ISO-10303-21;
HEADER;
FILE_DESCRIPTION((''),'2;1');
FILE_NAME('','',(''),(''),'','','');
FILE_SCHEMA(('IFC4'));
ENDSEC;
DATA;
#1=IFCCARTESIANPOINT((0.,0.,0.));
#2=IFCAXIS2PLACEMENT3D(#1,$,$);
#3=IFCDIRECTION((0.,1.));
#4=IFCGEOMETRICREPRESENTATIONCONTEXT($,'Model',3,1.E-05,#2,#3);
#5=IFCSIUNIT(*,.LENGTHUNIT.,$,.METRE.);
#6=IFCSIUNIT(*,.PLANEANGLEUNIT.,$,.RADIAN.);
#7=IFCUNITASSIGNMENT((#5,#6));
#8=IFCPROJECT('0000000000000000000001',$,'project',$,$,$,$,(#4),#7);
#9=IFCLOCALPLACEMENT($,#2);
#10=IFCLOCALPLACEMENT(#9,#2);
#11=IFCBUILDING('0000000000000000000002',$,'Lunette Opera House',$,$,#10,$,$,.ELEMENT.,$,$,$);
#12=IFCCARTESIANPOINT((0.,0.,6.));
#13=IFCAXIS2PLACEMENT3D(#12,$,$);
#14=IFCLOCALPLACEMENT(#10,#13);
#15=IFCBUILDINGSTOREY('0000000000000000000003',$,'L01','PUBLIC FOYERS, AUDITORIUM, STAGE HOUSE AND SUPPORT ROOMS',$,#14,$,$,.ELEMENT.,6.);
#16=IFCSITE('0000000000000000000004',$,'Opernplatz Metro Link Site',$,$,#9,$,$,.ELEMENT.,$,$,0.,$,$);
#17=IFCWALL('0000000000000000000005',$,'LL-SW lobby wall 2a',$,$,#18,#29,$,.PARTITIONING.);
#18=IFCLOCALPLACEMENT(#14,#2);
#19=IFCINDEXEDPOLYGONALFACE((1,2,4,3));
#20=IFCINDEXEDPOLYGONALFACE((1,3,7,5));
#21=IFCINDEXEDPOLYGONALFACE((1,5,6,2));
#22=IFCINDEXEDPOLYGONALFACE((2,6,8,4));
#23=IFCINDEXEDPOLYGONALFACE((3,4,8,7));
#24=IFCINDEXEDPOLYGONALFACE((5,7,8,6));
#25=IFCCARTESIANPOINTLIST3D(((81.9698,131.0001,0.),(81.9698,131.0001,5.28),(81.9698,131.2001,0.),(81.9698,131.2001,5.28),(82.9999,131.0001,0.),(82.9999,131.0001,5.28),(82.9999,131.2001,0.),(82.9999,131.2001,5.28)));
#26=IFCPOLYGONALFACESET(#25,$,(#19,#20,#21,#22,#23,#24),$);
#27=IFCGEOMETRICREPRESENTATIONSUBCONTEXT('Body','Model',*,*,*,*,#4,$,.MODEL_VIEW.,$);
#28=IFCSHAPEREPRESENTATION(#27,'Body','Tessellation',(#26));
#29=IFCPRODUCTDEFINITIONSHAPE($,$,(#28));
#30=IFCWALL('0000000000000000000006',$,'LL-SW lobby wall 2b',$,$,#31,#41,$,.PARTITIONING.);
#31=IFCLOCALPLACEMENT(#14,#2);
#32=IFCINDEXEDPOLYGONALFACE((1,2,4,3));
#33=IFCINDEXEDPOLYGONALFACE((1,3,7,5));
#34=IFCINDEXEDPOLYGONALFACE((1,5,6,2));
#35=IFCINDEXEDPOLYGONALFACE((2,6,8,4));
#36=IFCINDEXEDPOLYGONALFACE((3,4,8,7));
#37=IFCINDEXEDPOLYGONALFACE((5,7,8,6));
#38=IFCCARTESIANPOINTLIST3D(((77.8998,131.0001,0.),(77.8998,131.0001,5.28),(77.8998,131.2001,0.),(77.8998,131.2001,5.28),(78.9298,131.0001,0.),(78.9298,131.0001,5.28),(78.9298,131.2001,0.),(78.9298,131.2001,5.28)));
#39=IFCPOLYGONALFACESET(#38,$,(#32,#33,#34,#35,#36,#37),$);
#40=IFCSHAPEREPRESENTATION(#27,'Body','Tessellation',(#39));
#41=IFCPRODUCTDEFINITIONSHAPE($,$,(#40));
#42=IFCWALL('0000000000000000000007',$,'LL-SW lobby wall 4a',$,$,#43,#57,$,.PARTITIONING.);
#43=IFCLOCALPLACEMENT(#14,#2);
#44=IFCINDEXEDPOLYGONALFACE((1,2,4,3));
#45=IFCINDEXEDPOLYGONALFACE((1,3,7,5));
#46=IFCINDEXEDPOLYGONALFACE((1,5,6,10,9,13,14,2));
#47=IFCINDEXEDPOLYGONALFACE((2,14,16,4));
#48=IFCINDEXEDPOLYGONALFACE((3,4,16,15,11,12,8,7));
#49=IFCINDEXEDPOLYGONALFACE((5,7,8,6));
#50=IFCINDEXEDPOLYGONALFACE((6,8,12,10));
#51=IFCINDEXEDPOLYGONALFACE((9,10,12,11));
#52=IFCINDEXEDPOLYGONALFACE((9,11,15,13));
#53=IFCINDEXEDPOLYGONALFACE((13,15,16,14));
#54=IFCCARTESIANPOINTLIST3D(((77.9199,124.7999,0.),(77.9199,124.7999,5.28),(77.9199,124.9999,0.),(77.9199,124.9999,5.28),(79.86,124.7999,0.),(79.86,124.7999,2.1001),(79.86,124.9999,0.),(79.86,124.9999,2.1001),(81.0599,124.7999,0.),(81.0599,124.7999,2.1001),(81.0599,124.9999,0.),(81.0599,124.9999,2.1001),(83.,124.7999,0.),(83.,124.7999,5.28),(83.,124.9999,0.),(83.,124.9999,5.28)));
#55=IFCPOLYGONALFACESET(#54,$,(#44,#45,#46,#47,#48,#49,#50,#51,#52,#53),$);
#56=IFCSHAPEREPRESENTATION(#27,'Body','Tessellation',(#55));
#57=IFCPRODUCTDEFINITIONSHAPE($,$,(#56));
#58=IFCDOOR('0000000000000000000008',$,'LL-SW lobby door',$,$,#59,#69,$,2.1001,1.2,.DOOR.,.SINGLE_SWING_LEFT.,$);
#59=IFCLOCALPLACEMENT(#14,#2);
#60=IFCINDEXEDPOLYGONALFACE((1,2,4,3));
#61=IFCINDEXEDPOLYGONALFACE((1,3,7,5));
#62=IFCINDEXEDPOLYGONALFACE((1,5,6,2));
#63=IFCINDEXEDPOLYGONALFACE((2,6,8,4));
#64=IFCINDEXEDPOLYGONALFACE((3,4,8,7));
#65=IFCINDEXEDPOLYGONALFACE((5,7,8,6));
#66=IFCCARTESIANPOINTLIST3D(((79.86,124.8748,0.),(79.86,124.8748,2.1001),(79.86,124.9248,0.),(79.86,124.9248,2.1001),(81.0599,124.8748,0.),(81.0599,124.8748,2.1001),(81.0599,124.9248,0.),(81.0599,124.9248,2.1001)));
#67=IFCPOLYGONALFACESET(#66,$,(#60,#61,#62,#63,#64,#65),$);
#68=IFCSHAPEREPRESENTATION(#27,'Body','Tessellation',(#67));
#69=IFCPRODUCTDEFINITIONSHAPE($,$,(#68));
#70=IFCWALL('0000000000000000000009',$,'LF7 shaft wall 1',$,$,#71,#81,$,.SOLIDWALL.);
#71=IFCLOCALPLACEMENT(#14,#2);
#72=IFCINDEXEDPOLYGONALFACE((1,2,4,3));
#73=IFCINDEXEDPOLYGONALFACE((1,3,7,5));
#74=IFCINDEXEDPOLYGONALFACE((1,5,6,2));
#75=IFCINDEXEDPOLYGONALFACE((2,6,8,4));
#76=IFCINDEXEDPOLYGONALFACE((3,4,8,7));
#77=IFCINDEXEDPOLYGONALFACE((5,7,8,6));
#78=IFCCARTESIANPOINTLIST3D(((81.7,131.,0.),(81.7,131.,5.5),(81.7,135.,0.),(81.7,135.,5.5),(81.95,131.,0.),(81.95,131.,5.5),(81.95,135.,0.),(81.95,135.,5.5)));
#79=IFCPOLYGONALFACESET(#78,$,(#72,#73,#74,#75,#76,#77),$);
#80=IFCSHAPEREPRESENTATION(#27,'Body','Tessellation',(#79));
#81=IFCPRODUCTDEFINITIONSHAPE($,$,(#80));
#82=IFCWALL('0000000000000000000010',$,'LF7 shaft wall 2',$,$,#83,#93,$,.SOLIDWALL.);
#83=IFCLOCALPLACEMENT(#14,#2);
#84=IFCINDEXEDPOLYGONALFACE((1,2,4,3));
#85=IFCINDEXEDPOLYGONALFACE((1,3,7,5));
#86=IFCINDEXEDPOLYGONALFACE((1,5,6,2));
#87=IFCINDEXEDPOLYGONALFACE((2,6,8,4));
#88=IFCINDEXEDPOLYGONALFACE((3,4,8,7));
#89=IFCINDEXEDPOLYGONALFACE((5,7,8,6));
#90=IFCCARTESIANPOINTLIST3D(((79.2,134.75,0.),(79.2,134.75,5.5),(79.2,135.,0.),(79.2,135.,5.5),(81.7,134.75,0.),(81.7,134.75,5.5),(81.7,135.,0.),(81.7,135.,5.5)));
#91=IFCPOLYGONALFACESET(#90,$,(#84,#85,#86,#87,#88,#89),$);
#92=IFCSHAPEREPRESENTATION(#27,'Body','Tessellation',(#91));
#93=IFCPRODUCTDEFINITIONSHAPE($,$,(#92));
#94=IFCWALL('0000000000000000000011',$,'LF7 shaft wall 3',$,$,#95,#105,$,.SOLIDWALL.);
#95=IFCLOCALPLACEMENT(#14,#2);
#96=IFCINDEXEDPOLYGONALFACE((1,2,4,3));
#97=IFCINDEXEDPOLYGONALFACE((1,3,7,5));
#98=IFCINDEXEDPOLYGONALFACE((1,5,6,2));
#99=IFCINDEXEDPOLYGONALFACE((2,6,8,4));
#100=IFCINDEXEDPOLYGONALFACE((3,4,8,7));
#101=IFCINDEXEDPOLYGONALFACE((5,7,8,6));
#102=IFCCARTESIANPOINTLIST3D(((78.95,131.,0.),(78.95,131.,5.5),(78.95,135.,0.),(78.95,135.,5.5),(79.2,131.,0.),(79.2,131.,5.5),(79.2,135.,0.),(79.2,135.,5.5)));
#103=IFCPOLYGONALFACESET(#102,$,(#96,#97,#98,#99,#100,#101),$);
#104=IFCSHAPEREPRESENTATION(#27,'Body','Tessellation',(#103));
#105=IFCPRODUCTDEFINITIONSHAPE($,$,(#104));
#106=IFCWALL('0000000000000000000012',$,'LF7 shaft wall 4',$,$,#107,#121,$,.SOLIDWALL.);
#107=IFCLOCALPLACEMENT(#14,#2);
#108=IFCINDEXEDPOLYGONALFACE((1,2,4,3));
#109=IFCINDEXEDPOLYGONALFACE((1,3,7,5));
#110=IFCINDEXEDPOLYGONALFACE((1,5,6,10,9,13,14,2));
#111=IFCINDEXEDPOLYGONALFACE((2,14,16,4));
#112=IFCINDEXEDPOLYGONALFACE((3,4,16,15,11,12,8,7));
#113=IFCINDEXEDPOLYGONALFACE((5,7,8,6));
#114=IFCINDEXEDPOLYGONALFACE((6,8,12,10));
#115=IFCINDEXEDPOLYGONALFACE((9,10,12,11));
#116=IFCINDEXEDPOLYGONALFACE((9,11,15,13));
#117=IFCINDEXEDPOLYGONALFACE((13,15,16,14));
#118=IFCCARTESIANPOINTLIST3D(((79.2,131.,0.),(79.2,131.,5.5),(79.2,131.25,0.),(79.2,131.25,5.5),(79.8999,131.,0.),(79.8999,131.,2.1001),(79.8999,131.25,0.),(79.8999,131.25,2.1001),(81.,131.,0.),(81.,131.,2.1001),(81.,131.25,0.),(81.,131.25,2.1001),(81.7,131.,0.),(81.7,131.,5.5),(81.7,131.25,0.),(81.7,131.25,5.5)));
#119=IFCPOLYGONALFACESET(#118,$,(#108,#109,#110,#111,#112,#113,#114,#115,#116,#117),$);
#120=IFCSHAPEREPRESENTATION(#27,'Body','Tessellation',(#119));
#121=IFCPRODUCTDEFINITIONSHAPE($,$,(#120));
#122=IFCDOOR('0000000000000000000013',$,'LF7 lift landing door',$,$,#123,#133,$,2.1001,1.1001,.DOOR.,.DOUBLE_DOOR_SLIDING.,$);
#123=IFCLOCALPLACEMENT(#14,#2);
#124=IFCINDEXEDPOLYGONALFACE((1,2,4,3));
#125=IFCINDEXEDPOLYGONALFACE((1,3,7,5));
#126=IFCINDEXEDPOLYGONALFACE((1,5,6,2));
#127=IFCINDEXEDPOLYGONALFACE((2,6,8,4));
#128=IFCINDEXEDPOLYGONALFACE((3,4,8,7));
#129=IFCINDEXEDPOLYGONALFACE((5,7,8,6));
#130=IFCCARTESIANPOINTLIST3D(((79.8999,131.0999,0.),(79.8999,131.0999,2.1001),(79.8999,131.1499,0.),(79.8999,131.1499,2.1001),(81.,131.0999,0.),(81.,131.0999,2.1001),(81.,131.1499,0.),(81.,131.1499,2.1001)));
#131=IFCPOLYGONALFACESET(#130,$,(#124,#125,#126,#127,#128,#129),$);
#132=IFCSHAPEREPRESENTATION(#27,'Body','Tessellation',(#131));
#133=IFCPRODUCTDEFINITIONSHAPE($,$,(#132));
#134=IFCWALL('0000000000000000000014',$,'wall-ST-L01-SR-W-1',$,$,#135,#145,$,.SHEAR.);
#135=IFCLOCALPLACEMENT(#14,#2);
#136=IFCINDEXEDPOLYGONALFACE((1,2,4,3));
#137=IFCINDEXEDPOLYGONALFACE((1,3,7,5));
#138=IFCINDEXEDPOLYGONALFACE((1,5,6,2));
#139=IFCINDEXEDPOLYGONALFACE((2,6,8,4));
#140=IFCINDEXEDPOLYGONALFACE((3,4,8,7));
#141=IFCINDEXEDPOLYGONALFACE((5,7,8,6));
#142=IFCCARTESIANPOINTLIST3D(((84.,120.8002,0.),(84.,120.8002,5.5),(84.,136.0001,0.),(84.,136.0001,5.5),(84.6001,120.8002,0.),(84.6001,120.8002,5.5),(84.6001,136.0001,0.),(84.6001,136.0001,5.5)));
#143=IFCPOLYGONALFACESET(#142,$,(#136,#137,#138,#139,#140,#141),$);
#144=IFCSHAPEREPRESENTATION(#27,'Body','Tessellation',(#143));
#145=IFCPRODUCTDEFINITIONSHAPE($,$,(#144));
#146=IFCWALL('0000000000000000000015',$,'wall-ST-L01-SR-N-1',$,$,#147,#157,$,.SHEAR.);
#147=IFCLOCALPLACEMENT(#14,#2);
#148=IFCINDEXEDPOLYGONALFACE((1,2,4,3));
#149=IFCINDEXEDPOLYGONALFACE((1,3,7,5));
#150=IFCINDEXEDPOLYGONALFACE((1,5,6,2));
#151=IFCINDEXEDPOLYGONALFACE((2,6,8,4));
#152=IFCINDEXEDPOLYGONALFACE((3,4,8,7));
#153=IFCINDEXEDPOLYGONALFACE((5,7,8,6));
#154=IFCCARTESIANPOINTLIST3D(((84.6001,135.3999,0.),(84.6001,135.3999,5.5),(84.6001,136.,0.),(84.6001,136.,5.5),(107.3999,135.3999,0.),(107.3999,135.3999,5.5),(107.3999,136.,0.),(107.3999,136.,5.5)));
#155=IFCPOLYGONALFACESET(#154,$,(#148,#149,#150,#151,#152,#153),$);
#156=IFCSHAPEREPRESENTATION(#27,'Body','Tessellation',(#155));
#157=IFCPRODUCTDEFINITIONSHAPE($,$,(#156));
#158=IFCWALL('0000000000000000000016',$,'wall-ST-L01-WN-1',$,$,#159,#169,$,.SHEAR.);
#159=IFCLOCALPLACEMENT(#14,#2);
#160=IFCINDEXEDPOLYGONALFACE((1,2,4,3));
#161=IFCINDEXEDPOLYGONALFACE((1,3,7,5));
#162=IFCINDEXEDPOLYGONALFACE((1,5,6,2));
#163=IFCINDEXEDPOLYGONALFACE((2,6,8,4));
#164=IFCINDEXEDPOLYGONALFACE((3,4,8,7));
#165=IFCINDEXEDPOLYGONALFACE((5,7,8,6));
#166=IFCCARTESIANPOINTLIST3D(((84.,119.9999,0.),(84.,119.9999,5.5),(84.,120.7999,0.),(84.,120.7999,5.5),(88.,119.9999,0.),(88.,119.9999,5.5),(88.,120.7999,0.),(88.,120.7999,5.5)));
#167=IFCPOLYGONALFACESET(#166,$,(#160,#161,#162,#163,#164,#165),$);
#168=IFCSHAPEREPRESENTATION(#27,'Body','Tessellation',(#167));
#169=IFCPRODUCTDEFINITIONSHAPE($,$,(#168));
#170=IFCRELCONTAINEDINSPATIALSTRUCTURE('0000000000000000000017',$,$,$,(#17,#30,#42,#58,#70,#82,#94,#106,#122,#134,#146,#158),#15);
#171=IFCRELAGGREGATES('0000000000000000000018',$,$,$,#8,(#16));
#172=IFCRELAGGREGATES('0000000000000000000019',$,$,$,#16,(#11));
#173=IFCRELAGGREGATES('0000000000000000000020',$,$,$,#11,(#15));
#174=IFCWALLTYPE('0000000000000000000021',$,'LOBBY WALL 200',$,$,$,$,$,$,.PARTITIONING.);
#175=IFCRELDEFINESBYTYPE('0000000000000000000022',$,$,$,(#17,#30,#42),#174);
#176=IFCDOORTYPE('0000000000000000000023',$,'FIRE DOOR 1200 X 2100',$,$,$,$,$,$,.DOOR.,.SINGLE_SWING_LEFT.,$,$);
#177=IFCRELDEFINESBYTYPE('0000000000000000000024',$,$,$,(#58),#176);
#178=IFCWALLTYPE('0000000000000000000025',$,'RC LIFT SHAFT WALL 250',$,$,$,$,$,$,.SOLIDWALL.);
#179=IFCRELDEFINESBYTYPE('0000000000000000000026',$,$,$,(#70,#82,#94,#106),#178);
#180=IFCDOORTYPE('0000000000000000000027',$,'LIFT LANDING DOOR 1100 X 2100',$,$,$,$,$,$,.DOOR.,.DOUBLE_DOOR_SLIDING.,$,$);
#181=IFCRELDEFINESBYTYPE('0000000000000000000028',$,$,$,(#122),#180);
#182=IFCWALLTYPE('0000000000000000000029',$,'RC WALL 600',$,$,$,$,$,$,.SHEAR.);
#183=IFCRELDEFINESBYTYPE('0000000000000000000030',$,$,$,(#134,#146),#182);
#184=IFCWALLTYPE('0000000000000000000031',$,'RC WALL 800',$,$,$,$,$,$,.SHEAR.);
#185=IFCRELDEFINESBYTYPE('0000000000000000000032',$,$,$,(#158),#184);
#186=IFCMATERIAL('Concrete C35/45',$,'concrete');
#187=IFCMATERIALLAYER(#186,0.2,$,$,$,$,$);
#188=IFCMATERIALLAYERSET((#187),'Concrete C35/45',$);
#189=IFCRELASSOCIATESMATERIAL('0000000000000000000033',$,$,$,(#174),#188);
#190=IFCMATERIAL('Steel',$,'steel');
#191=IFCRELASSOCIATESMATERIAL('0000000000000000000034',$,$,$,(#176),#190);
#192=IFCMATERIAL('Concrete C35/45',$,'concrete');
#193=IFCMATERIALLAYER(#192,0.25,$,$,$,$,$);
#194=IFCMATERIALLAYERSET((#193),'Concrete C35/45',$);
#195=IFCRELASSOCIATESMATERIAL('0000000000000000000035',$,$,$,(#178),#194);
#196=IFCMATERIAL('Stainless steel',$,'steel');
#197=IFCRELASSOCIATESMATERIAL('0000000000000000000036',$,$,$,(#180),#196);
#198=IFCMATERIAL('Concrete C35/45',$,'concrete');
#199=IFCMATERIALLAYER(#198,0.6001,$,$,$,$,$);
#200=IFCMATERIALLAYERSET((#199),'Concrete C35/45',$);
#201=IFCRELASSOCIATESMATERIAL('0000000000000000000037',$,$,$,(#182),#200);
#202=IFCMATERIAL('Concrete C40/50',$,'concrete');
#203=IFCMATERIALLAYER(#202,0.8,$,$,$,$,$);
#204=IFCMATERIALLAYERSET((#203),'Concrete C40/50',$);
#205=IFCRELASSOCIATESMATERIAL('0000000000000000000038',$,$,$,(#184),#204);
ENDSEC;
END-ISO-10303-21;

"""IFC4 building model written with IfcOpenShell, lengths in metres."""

from ifc_helpers import new_model, si_unit, direction, frame, frame_2d, origin, place, context, subcontext, project, spatial, rectangle, extrude, material, layer, layer_set, type_object, element, fill, save


model = new_model("IFC4")

# Units and contexts
model_context = context("Model", 3, precision=1e-05, world=origin(), true_north=direction((0.0, 1.0)))
body_context = subcontext(model_context, "Body", "Model", "MODEL_VIEW")
ifc_project = project(units=[si_unit("LENGTHUNIT", "METRE"), si_unit("PLANEANGLEUNIT", "RADIAN")], contexts=[model_context])

# Site, building, storey
site_placement = place(None, origin())
site = spatial("IfcSite", under=ifc_project, at=site_placement, Name="Opernplatz Metro Link Site", CompositionType="ELEMENT", RefElevation=0.0)
building_placement = place(site_placement, origin())
building = spatial("IfcBuilding", under=site, at=building_placement, Name="Lunette Opera House", CompositionType="ELEMENT")
storey_placement = place(building_placement, frame((0.0, 0.0, 6.0)))
storey = spatial("IfcBuildingStorey", under=building, at=storey_placement, Name="L01", Description="PUBLIC FOYERS, AUDITORIUM, STAGE HOUSE AND SUPPORT ROOMS", CompositionType="ELEMENT", Elevation=6.0)

# Walls
ifc_material_1 = material(Name="Concrete C35/45", Category="concrete")
ifc_layer_1 = layer(ifc_material_1, 0.2)
ifc_layer_set_1 = layer_set([ifc_layer_1], Name="Concrete C35/45")
wall_type_1 = type_object("IfcWallType", Name="LOBBY WALL 200", PredefinedType="PARTITIONING", material=ifc_layer_set_1)
for number, where, z_axis, x_axis, name in (
    (1, (83.0, 131.1001, 0.0), (0.0, 0.0, 1.0), (-1.0, 0.0, 0.0), "LL-SW lobby wall 2a"),
    (2, (78.9299, 131.1001, 0.0), (0.0, 0.0, 1.0), (-1.0, 0.0, 0.0), "LL-SW lobby wall 2b"),
):
    element("IfcWall", number, at=place(storey_placement, frame(where, z_axis=z_axis, x_axis=x_axis)), inside=storey, type_object=wall_type_1, Name=name, PredefinedType="PARTITIONING", context=body_context, shape_type="SweptSolid", body=[
        extrude(rectangle(XDim=1.03, YDim=0.2, at=frame_2d((0.5151, 0.0))), origin(), (0.0, 0.0, 1.0), 5.28),
    ])

# Wall, opening, door
wall_1_placement = place(storey_placement, frame((77.9199, 124.8999, 0.0), z_axis=(0.0, 0.0, 1.0), x_axis=(1.0, 0.0, 0.0)))
wall_1 = element("IfcWall", 3, at=wall_1_placement, inside=storey, type_object=wall_type_1, Name="LL-SW lobby wall 4a", PredefinedType="PARTITIONING", context=body_context, shape_type="SweptSolid", body=[
    extrude(rectangle(XDim=5.0801, YDim=0.2, at=frame_2d((2.54, 0.0))), origin(), (0.0, 0.0, 1.0), 5.28),
])
opening_1_placement = place(wall_1_placement, frame((1.9399, 0.0, 0.0)))
opening_1 = element("IfcOpeningElement", 4, at=opening_1_placement, cuts=wall_1, PredefinedType="OPENING", context=body_context, shape_type="SweptSolid", body=[
    extrude(rectangle(XDim=1.2, YDim=2.1001, at=frame_2d((0.6001, 1.05))), frame((0.0, 0.1121, 0.0), z_axis=(0.0, -1.0, 0.0), x_axis=(1.0, 0.0, 0.0)), (0.0, 0.0, 1.0), 0.2239),
])
ifc_material_2 = material(Name="Steel", Category="steel")
door_type_1 = type_object("IfcDoorType", Name="FIRE DOOR 1200 X 2100", OperationType="SINGLE_SWING_LEFT", PredefinedType="DOOR", material=ifc_material_2)
door_1_placement = place(opening_1_placement, origin())
door_1 = element("IfcDoor", 5, at=door_1_placement, inside=storey, type_object=door_type_1, Name="LL-SW lobby door", OperationType="SINGLE_SWING_LEFT", OverallHeight=2.1001, OverallWidth=1.2, PredefinedType="DOOR", context=body_context, shape_type="SweptSolid", body=[
    extrude(rectangle(XDim=1.2, YDim=2.1001, at=frame_2d((0.6001, 1.05))), frame((0.0, 0.0249, 0.0), z_axis=(0.0, -1.0, 0.0), x_axis=(1.0, 0.0, 0.0)), (0.0, 0.0, 1.0), 0.05),
])
fill(opening_1, door_1)

# Walls
ifc_material_3 = material(Name="Concrete C35/45", Category="concrete")
ifc_layer_2 = layer(ifc_material_3, 0.25)
ifc_layer_set_2 = layer_set([ifc_layer_2], Name="Concrete C35/45")
wall_type_2 = type_object("IfcWallType", Name="RC LIFT SHAFT WALL 250", PredefinedType="SOLIDWALL", material=ifc_layer_set_2)
wall_2_placement = place(storey_placement, frame((81.825, 131.0, 0.0), z_axis=(0.0, 0.0, 1.0), x_axis=(0.0, 1.0, 0.0)))
element("IfcWall", 6, at=wall_2_placement, inside=storey, type_object=wall_type_2, Name="LF7 shaft wall 1", PredefinedType="SOLIDWALL", context=body_context, shape_type="SweptSolid", body=[
    extrude(rectangle(XDim=4.0, YDim=0.25, at=frame_2d((2.0, 0.0))), origin(), (0.0, 0.0, 1.0), 5.5),
])
wall_3_placement = place(storey_placement, frame((81.7, 134.875, 0.0), z_axis=(0.0, 0.0, 1.0), x_axis=(-1.0, 0.0, 0.0)))
element("IfcWall", 7, at=wall_3_placement, inside=storey, type_object=wall_type_2, Name="LF7 shaft wall 2", PredefinedType="SOLIDWALL", context=body_context, shape_type="SweptSolid", body=[
    extrude(rectangle(XDim=2.5, YDim=0.25, at=frame_2d((1.25, 0.0))), origin(), (0.0, 0.0, 1.0), 5.5),
])
wall_4_placement = place(storey_placement, frame((79.075, 135.0, 0.0), z_axis=(0.0, 0.0, 1.0), x_axis=(0.0, -1.0, 0.0)))
element("IfcWall", 8, at=wall_4_placement, inside=storey, type_object=wall_type_2, Name="LF7 shaft wall 3", PredefinedType="SOLIDWALL", context=body_context, shape_type="SweptSolid", body=[
    extrude(rectangle(XDim=4.0, YDim=0.25, at=frame_2d((2.0, 0.0))), origin(), (0.0, 0.0, 1.0), 5.5),
])

# Wall, opening, door
wall_5_placement = place(storey_placement, frame((79.2, 131.125, 0.0), z_axis=(0.0, 0.0, 1.0), x_axis=(1.0, 0.0, 0.0)))
wall_5 = element("IfcWall", 9, at=wall_5_placement, inside=storey, type_object=wall_type_2, Name="LF7 shaft wall 4", PredefinedType="SOLIDWALL", context=body_context, shape_type="SweptSolid", body=[
    extrude(rectangle(XDim=2.5, YDim=0.25, at=frame_2d((1.25, 0.0))), origin(), (0.0, 0.0, 1.0), 5.5),
])
opening_2_placement = place(wall_5_placement, frame((0.7, 0.0, 0.0)))
opening_2 = element("IfcOpeningElement", 10, at=opening_2_placement, cuts=wall_5, PredefinedType="OPENING", context=body_context, shape_type="SweptSolid", body=[
    extrude(rectangle(XDim=1.1001, YDim=2.1001, at=frame_2d((0.55, 1.05))), frame((0.0, 0.137, 0.0), z_axis=(0.0, -1.0, 0.0), x_axis=(1.0, 0.0, 0.0)), (0.0, 0.0, 1.0), 0.2739),
])
ifc_material_4 = material(Name="Stainless steel", Category="steel")
door_type_2 = type_object("IfcDoorType", Name="LIFT LANDING DOOR 1100 X 2100", OperationType="DOUBLE_DOOR_SLIDING", PredefinedType="DOOR", material=ifc_material_4)
door_2_placement = place(opening_2_placement, origin())
door_2 = element("IfcDoor", 11, at=door_2_placement, inside=storey, type_object=door_type_2, Name="LF7 lift landing door", OperationType="DOUBLE_DOOR_SLIDING", OverallHeight=2.1001, OverallWidth=1.1001, PredefinedType="DOOR", context=body_context, shape_type="SweptSolid", body=[
    extrude(rectangle(XDim=1.1001, YDim=2.1001, at=frame_2d((0.55, 1.05))), frame((0.0, 0.0249, 0.0), z_axis=(0.0, -1.0, 0.0), x_axis=(1.0, 0.0, 0.0)), (0.0, 0.0, 1.0), 0.05),
])
fill(opening_2, door_2)

# Walls
ifc_material_5 = material(Name="Concrete C35/45", Category="concrete")
ifc_layer_3 = layer(ifc_material_5, 0.6001)
ifc_layer_set_3 = layer_set([ifc_layer_3], Name="Concrete C35/45")
wall_type_3 = type_object("IfcWallType", Name="RC WALL 600", PredefinedType="SHEAR", material=ifc_layer_set_3)
wall_6_placement = place(storey_placement, frame((84.3, 120.8, 0.0), z_axis=(0.0, 0.0, 1.0), x_axis=(0.0, 1.0, 0.0)))
element("IfcWall", 12, at=wall_6_placement, inside=storey, type_object=wall_type_3, Name="wall-ST-L01-SR-W-1", PredefinedType="SHEAR", context=body_context, shape_type="SweptSolid", body=[
    extrude(rectangle(XDim=15.2, YDim=0.6001, at=frame_2d((7.6001, 0.0))), origin(), (0.0, 0.0, 1.0), 5.5),
])
wall_7_placement = place(storey_placement, frame((84.6001, 135.7, 0.0), z_axis=(0.0, 0.0, 1.0), x_axis=(1.0, 0.0, 0.0)))
element("IfcWall", 13, at=wall_7_placement, inside=storey, type_object=wall_type_3, Name="wall-ST-L01-SR-N-1", PredefinedType="SHEAR", context=body_context, shape_type="SweptSolid", body=[
    extrude(rectangle(XDim=22.7998, YDim=0.6001, at=frame_2d((11.3999, 0.0))), origin(), (0.0, 0.0, 1.0), 5.5),
])
ifc_material_6 = material(Name="Concrete C40/50", Category="concrete")
ifc_layer_4 = layer(ifc_material_6, 0.8)
ifc_layer_set_4 = layer_set([ifc_layer_4], Name="Concrete C40/50")
wall_type_4 = type_object("IfcWallType", Name="RC WALL 800", PredefinedType="SHEAR", material=ifc_layer_set_4)
wall_8_placement = place(storey_placement, frame((84.0, 120.3999, 0.0), z_axis=(0.0, 0.0, 1.0), x_axis=(1.0, 0.0, 0.0)))
element("IfcWall", 14, at=wall_8_placement, inside=storey, type_object=wall_type_4, Name="wall-ST-L01-WN-1", PredefinedType="SHEAR", context=body_context, shape_type="SweptSolid", body=[
    extrude(rectangle(XDim=4.0, YDim=0.8, at=frame_2d((2.0, 0.0))), origin(), (0.0, 0.0, 1.0), 5.5),
])

save(model, "model.ifc")
